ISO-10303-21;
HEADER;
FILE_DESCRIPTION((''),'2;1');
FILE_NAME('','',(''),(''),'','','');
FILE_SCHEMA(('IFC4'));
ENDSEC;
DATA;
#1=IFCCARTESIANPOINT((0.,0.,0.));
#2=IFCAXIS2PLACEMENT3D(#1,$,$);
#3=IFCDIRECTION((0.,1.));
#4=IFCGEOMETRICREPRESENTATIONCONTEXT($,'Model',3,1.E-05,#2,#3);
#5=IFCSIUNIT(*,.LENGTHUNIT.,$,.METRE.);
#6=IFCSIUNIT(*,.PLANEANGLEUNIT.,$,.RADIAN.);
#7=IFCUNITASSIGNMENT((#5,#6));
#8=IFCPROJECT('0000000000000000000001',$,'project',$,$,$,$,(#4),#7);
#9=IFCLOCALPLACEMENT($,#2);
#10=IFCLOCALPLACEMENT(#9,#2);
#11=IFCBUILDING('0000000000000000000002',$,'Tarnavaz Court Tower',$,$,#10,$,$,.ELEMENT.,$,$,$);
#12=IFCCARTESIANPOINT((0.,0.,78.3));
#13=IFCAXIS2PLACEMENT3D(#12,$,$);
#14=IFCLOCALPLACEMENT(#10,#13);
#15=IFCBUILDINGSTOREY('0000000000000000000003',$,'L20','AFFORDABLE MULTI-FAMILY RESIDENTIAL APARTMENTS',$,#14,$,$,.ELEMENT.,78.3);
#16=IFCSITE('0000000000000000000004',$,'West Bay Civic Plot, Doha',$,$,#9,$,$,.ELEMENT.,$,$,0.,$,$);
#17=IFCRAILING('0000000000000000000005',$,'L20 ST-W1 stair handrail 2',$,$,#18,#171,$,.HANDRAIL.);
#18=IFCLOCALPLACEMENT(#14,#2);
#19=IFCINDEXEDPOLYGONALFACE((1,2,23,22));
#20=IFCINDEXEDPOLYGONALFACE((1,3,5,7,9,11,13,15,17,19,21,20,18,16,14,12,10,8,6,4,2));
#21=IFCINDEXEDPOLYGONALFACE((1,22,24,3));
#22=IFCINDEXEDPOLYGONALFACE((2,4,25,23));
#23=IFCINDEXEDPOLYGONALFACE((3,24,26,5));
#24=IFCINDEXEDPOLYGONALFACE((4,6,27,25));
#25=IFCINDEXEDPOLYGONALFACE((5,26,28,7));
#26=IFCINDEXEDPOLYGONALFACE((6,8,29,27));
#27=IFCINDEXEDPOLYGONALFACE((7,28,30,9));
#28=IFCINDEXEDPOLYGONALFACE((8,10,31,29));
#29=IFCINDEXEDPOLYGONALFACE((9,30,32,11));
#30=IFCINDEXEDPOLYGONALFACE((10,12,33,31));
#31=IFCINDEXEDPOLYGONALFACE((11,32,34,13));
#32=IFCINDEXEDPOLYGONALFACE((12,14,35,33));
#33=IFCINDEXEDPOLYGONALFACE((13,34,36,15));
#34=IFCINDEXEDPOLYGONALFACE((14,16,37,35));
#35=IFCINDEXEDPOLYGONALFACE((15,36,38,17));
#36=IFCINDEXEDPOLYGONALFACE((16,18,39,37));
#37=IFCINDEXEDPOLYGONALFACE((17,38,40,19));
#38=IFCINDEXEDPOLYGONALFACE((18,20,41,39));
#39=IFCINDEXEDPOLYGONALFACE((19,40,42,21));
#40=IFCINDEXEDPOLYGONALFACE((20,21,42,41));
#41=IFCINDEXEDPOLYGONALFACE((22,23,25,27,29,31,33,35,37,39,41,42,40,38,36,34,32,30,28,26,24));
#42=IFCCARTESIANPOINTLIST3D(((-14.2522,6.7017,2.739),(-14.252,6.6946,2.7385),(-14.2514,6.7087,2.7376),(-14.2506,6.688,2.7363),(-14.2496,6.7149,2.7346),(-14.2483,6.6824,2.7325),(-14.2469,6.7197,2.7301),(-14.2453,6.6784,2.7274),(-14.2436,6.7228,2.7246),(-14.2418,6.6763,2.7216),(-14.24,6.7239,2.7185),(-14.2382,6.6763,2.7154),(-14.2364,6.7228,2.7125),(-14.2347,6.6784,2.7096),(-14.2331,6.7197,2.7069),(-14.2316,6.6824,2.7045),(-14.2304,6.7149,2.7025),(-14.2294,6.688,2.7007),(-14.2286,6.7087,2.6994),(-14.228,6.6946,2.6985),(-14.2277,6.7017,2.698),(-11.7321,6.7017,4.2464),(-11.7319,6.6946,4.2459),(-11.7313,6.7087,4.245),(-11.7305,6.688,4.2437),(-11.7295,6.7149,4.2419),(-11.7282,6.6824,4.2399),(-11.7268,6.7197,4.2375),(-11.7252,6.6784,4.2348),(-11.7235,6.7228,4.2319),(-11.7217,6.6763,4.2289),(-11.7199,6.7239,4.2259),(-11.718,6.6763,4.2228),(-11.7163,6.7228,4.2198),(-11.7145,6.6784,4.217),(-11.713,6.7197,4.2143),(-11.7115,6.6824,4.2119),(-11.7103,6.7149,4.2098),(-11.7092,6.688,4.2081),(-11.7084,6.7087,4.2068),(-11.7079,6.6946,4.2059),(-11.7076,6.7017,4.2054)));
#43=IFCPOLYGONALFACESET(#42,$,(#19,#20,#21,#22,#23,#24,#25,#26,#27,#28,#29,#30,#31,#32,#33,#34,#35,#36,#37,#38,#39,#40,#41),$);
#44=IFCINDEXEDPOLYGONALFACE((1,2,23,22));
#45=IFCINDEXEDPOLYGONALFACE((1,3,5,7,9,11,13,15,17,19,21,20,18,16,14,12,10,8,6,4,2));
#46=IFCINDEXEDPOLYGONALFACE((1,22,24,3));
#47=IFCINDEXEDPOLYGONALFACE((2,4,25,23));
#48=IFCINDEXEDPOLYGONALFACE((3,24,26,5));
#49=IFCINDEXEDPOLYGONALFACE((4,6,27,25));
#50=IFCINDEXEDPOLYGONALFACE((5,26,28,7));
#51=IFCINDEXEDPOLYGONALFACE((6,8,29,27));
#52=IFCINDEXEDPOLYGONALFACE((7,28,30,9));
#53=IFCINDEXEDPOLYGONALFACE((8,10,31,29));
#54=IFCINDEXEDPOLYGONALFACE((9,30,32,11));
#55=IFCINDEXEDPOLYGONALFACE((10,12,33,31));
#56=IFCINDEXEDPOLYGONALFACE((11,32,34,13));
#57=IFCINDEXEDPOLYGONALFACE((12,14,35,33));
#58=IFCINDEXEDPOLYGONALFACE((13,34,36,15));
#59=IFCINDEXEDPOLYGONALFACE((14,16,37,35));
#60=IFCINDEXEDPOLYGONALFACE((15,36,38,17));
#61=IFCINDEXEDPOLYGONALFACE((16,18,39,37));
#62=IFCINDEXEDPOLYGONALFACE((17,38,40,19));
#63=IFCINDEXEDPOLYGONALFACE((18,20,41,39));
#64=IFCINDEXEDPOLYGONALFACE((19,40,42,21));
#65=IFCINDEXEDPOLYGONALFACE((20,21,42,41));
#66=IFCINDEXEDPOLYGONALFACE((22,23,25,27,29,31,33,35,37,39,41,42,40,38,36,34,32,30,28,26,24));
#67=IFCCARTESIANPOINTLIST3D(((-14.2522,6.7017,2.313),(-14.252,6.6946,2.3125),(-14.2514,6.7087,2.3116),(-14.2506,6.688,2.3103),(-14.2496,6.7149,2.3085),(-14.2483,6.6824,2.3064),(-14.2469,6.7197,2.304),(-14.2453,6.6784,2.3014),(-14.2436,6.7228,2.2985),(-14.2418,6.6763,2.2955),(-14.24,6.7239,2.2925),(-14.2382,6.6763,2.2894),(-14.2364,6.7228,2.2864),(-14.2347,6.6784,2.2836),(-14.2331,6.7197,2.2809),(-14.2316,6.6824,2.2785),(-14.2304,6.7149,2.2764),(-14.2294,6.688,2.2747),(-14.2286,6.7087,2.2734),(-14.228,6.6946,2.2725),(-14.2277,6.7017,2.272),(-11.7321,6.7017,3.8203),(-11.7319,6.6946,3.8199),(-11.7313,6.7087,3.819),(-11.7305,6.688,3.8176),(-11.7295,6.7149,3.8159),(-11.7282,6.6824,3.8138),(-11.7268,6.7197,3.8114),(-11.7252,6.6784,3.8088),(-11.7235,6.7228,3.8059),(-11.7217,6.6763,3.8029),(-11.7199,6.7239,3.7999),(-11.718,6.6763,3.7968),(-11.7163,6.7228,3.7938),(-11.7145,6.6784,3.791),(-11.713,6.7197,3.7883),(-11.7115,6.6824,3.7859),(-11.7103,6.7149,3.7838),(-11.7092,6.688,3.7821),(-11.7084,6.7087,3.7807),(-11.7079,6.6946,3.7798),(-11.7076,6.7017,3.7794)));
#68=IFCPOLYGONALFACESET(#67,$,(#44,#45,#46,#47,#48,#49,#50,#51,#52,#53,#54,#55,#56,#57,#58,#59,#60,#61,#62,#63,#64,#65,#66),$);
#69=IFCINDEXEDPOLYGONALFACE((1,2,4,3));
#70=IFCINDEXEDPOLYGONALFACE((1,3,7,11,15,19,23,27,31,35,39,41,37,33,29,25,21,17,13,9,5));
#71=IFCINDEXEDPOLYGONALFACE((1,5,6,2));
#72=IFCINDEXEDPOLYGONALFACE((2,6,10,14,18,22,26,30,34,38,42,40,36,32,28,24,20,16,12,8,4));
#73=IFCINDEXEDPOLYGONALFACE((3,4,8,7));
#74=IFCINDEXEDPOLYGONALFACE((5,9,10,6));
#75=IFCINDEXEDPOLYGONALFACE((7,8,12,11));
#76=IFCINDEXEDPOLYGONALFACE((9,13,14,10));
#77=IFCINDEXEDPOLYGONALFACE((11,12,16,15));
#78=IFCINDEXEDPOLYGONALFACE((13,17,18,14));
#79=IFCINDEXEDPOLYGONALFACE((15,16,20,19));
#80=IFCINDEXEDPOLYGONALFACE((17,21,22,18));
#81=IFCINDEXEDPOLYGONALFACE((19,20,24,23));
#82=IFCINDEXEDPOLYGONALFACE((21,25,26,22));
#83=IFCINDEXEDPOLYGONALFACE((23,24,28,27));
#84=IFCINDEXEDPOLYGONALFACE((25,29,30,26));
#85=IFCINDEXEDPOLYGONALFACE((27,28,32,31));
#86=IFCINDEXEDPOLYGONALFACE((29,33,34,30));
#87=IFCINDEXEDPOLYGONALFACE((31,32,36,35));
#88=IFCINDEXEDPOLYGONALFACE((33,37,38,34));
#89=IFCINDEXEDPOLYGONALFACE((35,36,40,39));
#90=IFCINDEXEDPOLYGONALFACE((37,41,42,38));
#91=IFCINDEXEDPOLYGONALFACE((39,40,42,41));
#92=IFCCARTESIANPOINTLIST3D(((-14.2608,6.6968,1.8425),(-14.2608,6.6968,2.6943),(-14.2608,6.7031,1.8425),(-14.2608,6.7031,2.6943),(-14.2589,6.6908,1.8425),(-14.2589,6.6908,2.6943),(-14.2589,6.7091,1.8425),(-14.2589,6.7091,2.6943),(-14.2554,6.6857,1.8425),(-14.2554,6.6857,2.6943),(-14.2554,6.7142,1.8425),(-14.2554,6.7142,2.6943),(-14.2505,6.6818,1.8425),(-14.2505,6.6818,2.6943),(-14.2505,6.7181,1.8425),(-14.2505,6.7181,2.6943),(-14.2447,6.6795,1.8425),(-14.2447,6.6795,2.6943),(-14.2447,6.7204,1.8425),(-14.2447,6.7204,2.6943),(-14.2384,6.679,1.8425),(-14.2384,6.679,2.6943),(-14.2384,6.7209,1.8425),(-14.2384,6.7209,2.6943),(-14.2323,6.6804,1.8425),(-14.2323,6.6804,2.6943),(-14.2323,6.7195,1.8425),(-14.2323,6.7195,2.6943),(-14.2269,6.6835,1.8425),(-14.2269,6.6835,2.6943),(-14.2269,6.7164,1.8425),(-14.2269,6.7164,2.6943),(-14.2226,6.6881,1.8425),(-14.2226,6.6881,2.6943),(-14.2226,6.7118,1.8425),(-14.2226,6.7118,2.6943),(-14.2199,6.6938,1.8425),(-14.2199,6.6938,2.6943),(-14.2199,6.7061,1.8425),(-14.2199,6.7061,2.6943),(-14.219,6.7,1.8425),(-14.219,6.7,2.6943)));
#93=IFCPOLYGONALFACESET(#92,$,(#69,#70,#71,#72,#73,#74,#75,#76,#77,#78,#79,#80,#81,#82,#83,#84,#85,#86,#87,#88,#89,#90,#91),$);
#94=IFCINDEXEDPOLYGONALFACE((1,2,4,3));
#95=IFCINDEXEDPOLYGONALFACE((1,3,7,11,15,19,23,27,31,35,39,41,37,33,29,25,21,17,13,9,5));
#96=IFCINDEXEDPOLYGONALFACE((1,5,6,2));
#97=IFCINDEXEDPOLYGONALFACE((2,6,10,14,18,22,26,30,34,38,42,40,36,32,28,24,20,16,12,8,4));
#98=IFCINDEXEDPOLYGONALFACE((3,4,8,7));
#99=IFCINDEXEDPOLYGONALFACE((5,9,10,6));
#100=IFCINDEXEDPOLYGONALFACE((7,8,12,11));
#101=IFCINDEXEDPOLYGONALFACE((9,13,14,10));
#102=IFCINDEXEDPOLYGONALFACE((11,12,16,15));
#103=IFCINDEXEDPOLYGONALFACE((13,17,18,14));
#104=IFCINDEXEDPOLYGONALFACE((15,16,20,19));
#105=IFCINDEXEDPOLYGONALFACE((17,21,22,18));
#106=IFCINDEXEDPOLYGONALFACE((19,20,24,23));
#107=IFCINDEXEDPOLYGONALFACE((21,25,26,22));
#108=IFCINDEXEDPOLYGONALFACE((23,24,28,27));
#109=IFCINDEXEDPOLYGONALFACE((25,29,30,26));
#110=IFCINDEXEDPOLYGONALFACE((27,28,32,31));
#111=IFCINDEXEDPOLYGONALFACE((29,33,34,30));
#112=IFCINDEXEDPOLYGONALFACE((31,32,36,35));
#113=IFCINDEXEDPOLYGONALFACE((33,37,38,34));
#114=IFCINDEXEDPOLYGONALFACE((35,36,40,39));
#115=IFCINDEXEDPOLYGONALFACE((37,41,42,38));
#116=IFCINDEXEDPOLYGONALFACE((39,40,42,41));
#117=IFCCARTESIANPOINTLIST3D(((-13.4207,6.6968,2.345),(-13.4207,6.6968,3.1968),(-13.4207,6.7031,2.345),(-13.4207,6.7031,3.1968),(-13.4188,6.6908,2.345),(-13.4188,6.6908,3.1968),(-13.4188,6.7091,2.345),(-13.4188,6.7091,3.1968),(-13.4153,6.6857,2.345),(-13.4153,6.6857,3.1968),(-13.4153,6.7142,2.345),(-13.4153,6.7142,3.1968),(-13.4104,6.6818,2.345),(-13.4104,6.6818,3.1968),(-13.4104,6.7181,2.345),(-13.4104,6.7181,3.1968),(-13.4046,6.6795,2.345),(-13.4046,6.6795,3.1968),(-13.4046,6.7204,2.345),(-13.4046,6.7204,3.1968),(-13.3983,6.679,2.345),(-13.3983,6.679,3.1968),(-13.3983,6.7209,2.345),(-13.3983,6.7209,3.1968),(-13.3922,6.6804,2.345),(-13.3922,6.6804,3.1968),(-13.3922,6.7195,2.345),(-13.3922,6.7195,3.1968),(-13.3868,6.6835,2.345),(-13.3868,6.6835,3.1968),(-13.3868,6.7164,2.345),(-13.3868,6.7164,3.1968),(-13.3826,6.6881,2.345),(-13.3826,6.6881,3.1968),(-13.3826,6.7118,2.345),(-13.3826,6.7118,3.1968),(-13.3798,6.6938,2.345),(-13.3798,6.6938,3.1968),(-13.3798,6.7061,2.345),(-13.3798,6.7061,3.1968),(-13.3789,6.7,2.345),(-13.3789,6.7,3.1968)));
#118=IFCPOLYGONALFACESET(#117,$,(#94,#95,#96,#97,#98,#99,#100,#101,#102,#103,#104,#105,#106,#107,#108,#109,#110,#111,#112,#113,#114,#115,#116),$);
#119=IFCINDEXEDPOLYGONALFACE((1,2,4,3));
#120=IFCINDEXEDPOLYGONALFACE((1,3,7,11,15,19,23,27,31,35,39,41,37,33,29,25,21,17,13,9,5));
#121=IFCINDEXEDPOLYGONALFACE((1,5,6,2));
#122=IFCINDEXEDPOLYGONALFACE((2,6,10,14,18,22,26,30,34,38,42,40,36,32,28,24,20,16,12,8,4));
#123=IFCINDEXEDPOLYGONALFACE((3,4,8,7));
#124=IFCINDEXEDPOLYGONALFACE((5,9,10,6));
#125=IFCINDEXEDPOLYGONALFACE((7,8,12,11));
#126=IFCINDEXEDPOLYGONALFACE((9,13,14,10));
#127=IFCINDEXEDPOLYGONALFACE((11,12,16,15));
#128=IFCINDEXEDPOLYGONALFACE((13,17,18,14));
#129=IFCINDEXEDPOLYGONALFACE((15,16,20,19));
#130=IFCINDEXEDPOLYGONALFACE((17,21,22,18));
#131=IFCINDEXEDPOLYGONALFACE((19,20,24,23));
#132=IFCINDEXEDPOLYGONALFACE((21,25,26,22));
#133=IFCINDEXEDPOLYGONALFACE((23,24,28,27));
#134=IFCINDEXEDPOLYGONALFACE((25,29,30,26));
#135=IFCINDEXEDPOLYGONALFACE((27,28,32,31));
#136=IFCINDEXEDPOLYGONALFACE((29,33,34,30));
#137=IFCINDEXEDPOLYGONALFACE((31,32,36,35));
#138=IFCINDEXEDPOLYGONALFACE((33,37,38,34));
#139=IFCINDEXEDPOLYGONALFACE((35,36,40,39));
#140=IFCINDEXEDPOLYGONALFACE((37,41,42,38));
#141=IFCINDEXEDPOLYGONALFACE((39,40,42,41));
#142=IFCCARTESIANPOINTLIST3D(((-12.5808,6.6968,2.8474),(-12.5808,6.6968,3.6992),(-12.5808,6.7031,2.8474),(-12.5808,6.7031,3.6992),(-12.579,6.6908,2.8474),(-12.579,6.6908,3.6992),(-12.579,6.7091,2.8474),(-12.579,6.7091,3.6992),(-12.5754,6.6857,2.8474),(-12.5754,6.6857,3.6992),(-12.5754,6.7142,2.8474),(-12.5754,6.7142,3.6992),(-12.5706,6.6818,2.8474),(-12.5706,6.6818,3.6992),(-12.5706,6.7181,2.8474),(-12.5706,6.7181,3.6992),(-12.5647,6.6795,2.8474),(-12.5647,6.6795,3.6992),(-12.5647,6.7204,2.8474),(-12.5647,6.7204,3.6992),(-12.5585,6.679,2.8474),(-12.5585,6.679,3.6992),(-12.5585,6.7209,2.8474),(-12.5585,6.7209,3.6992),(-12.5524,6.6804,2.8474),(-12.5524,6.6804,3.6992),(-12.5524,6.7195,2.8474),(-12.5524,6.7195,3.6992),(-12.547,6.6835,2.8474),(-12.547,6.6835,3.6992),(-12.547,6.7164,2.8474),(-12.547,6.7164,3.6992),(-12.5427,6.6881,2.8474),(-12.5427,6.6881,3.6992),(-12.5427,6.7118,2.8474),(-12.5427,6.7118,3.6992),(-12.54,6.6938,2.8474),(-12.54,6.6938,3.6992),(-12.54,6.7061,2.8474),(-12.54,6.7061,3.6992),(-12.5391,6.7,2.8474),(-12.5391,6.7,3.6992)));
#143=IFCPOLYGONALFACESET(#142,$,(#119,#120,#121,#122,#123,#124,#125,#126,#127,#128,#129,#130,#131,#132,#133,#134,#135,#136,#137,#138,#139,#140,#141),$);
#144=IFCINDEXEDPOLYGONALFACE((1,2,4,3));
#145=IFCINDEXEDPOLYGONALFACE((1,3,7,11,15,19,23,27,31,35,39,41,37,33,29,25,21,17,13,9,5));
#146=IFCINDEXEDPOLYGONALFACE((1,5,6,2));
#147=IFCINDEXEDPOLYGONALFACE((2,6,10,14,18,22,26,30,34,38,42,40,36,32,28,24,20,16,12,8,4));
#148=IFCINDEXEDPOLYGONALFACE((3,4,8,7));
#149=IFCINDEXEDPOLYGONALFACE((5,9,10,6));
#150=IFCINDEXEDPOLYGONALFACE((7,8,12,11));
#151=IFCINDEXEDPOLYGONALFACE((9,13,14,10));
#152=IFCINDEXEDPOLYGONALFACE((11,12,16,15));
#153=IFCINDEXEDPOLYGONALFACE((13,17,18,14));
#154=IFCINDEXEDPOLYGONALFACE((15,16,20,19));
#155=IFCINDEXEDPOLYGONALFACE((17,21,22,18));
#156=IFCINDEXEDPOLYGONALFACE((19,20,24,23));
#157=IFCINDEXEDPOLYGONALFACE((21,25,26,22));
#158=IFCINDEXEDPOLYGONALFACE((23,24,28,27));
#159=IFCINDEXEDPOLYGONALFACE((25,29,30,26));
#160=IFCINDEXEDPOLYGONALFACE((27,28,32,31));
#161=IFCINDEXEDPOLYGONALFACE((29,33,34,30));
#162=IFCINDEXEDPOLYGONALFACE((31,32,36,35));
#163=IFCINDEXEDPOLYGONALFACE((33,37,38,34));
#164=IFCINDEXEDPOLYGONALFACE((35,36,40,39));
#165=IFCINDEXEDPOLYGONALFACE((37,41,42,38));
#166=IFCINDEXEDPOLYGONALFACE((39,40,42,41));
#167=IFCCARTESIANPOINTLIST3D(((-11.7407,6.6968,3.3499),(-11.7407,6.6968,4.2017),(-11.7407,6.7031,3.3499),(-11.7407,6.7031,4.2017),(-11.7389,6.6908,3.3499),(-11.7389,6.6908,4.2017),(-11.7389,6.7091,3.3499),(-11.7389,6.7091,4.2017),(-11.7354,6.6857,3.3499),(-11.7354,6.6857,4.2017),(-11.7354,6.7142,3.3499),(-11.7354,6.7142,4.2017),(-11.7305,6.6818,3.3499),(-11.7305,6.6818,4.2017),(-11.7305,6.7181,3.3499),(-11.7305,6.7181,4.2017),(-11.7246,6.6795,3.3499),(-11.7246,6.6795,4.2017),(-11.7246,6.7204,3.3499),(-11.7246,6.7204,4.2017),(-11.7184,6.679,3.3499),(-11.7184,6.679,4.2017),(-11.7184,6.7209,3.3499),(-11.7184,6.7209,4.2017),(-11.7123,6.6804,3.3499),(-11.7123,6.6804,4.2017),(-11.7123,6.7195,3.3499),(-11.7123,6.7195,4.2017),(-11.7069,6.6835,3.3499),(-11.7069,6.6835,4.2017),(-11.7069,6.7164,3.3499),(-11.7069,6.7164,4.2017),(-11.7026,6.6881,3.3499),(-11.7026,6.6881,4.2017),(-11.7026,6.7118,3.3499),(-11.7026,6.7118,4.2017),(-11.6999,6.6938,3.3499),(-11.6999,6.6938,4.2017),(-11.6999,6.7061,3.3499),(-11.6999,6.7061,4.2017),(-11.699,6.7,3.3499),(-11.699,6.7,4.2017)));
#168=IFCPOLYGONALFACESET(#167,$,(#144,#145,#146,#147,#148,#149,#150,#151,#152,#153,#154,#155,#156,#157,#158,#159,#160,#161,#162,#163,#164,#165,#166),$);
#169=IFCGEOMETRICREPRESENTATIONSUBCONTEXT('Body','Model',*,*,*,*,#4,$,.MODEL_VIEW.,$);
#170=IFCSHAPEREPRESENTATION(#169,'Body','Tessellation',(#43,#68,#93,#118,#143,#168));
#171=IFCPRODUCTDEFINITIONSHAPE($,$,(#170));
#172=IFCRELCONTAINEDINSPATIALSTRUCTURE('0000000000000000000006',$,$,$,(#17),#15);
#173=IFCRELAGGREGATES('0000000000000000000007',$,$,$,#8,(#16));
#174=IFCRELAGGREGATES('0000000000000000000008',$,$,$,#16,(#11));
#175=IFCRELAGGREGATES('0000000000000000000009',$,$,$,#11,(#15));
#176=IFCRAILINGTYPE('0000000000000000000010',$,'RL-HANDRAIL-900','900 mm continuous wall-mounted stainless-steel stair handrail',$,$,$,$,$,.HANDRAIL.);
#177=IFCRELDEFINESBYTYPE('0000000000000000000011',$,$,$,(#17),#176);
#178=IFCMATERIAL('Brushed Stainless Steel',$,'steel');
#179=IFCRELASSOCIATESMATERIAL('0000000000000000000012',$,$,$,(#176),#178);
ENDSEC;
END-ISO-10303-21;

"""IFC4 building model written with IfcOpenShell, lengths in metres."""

from ifc_helpers import new_model, si_unit, direction, frame, origin, origin_2d, place, context, subcontext, project, spatial, circle, extrude, material, type_object, element, save


model = new_model("IFC4")

# Units and contexts
model_context = context("Model", 3, precision=1e-05, world=origin(), true_north=direction((0.0, 1.0)))
body_context = subcontext(model_context, "Body", "Model", "MODEL_VIEW")
ifc_project = project(units=[si_unit("LENGTHUNIT", "METRE"), si_unit("PLANEANGLEUNIT", "RADIAN")], contexts=[model_context])

# Site, building, storey
site_placement = place(None, origin())
site = spatial("IfcSite", under=ifc_project, at=site_placement, Name="West Bay Civic Plot, Doha", CompositionType="ELEMENT", RefElevation=0.0)
building_placement = place(site_placement, origin())
building = spatial("IfcBuilding", under=site, at=building_placement, Name="Tarnavaz Court Tower", CompositionType="ELEMENT")
storey_placement = place(building_placement, frame((0.0, 0.0, 78.3)))
storey = spatial("IfcBuildingStorey", under=building, at=storey_placement, Name="L20", Description="AFFORDABLE MULTI-FAMILY RESIDENTIAL APARTMENTS", CompositionType="ELEMENT", Elevation=78.3)

# Railing
ifc_material_1 = material(Name="Brushed Stainless Steel", Category="steel")
railing_type_1 = type_object("IfcRailingType", Name="RL-HANDRAIL-900", Description="900 mm continuous wall-mounted stainless-steel stair handrail", PredefinedType="HANDRAIL", material=ifc_material_1)
railing_1_placement = place(storey_placement, frame((-14.24, 6.7, 1.8425)))
element("IfcRailing", 1, at=railing_1_placement, inside=storey, type_object=railing_type_1, Name="L20 ST-W1 stair handrail 2", PredefinedType="HANDRAIL", context=body_context, shape_type="SweptSolid", body=[
    extrude(circle(Radius=0.0239, at=origin_2d()), frame((0.0, 0.0, 0.876), z_axis=(0.858196, 0.0, 0.513321), x_axis=(0.0, 1.0, 0.0)), (0.0, 0.0, 1.0), 2.9365),
    extrude(circle(Radius=0.0239, at=origin_2d()), frame((0.0, 0.0, 0.45), z_axis=(0.858196, 0.0, 0.513321), x_axis=(0.0, 1.0, 0.0)), (0.0, 0.0, 1.0), 2.9365),
    extrude(circle(Radius=0.021, at=origin_2d()), origin(), (0.0, 0.0, 1.0), 0.8518),
    extrude(circle(Radius=0.021, at=origin_2d()), frame((0.8401, 0.0, 0.5024)), (0.0, 0.0, 1.0), 0.8518),
    extrude(circle(Radius=0.021, at=origin_2d()), frame((1.6799, 0.0, 1.0049)), (0.0, 0.0, 1.0), 0.8518),
    extrude(circle(Radius=0.021, at=origin_2d()), frame((2.52, 0.0, 1.5073)), (0.0, 0.0, 1.0), 0.8518),
])

save(model, "model.ifc")
